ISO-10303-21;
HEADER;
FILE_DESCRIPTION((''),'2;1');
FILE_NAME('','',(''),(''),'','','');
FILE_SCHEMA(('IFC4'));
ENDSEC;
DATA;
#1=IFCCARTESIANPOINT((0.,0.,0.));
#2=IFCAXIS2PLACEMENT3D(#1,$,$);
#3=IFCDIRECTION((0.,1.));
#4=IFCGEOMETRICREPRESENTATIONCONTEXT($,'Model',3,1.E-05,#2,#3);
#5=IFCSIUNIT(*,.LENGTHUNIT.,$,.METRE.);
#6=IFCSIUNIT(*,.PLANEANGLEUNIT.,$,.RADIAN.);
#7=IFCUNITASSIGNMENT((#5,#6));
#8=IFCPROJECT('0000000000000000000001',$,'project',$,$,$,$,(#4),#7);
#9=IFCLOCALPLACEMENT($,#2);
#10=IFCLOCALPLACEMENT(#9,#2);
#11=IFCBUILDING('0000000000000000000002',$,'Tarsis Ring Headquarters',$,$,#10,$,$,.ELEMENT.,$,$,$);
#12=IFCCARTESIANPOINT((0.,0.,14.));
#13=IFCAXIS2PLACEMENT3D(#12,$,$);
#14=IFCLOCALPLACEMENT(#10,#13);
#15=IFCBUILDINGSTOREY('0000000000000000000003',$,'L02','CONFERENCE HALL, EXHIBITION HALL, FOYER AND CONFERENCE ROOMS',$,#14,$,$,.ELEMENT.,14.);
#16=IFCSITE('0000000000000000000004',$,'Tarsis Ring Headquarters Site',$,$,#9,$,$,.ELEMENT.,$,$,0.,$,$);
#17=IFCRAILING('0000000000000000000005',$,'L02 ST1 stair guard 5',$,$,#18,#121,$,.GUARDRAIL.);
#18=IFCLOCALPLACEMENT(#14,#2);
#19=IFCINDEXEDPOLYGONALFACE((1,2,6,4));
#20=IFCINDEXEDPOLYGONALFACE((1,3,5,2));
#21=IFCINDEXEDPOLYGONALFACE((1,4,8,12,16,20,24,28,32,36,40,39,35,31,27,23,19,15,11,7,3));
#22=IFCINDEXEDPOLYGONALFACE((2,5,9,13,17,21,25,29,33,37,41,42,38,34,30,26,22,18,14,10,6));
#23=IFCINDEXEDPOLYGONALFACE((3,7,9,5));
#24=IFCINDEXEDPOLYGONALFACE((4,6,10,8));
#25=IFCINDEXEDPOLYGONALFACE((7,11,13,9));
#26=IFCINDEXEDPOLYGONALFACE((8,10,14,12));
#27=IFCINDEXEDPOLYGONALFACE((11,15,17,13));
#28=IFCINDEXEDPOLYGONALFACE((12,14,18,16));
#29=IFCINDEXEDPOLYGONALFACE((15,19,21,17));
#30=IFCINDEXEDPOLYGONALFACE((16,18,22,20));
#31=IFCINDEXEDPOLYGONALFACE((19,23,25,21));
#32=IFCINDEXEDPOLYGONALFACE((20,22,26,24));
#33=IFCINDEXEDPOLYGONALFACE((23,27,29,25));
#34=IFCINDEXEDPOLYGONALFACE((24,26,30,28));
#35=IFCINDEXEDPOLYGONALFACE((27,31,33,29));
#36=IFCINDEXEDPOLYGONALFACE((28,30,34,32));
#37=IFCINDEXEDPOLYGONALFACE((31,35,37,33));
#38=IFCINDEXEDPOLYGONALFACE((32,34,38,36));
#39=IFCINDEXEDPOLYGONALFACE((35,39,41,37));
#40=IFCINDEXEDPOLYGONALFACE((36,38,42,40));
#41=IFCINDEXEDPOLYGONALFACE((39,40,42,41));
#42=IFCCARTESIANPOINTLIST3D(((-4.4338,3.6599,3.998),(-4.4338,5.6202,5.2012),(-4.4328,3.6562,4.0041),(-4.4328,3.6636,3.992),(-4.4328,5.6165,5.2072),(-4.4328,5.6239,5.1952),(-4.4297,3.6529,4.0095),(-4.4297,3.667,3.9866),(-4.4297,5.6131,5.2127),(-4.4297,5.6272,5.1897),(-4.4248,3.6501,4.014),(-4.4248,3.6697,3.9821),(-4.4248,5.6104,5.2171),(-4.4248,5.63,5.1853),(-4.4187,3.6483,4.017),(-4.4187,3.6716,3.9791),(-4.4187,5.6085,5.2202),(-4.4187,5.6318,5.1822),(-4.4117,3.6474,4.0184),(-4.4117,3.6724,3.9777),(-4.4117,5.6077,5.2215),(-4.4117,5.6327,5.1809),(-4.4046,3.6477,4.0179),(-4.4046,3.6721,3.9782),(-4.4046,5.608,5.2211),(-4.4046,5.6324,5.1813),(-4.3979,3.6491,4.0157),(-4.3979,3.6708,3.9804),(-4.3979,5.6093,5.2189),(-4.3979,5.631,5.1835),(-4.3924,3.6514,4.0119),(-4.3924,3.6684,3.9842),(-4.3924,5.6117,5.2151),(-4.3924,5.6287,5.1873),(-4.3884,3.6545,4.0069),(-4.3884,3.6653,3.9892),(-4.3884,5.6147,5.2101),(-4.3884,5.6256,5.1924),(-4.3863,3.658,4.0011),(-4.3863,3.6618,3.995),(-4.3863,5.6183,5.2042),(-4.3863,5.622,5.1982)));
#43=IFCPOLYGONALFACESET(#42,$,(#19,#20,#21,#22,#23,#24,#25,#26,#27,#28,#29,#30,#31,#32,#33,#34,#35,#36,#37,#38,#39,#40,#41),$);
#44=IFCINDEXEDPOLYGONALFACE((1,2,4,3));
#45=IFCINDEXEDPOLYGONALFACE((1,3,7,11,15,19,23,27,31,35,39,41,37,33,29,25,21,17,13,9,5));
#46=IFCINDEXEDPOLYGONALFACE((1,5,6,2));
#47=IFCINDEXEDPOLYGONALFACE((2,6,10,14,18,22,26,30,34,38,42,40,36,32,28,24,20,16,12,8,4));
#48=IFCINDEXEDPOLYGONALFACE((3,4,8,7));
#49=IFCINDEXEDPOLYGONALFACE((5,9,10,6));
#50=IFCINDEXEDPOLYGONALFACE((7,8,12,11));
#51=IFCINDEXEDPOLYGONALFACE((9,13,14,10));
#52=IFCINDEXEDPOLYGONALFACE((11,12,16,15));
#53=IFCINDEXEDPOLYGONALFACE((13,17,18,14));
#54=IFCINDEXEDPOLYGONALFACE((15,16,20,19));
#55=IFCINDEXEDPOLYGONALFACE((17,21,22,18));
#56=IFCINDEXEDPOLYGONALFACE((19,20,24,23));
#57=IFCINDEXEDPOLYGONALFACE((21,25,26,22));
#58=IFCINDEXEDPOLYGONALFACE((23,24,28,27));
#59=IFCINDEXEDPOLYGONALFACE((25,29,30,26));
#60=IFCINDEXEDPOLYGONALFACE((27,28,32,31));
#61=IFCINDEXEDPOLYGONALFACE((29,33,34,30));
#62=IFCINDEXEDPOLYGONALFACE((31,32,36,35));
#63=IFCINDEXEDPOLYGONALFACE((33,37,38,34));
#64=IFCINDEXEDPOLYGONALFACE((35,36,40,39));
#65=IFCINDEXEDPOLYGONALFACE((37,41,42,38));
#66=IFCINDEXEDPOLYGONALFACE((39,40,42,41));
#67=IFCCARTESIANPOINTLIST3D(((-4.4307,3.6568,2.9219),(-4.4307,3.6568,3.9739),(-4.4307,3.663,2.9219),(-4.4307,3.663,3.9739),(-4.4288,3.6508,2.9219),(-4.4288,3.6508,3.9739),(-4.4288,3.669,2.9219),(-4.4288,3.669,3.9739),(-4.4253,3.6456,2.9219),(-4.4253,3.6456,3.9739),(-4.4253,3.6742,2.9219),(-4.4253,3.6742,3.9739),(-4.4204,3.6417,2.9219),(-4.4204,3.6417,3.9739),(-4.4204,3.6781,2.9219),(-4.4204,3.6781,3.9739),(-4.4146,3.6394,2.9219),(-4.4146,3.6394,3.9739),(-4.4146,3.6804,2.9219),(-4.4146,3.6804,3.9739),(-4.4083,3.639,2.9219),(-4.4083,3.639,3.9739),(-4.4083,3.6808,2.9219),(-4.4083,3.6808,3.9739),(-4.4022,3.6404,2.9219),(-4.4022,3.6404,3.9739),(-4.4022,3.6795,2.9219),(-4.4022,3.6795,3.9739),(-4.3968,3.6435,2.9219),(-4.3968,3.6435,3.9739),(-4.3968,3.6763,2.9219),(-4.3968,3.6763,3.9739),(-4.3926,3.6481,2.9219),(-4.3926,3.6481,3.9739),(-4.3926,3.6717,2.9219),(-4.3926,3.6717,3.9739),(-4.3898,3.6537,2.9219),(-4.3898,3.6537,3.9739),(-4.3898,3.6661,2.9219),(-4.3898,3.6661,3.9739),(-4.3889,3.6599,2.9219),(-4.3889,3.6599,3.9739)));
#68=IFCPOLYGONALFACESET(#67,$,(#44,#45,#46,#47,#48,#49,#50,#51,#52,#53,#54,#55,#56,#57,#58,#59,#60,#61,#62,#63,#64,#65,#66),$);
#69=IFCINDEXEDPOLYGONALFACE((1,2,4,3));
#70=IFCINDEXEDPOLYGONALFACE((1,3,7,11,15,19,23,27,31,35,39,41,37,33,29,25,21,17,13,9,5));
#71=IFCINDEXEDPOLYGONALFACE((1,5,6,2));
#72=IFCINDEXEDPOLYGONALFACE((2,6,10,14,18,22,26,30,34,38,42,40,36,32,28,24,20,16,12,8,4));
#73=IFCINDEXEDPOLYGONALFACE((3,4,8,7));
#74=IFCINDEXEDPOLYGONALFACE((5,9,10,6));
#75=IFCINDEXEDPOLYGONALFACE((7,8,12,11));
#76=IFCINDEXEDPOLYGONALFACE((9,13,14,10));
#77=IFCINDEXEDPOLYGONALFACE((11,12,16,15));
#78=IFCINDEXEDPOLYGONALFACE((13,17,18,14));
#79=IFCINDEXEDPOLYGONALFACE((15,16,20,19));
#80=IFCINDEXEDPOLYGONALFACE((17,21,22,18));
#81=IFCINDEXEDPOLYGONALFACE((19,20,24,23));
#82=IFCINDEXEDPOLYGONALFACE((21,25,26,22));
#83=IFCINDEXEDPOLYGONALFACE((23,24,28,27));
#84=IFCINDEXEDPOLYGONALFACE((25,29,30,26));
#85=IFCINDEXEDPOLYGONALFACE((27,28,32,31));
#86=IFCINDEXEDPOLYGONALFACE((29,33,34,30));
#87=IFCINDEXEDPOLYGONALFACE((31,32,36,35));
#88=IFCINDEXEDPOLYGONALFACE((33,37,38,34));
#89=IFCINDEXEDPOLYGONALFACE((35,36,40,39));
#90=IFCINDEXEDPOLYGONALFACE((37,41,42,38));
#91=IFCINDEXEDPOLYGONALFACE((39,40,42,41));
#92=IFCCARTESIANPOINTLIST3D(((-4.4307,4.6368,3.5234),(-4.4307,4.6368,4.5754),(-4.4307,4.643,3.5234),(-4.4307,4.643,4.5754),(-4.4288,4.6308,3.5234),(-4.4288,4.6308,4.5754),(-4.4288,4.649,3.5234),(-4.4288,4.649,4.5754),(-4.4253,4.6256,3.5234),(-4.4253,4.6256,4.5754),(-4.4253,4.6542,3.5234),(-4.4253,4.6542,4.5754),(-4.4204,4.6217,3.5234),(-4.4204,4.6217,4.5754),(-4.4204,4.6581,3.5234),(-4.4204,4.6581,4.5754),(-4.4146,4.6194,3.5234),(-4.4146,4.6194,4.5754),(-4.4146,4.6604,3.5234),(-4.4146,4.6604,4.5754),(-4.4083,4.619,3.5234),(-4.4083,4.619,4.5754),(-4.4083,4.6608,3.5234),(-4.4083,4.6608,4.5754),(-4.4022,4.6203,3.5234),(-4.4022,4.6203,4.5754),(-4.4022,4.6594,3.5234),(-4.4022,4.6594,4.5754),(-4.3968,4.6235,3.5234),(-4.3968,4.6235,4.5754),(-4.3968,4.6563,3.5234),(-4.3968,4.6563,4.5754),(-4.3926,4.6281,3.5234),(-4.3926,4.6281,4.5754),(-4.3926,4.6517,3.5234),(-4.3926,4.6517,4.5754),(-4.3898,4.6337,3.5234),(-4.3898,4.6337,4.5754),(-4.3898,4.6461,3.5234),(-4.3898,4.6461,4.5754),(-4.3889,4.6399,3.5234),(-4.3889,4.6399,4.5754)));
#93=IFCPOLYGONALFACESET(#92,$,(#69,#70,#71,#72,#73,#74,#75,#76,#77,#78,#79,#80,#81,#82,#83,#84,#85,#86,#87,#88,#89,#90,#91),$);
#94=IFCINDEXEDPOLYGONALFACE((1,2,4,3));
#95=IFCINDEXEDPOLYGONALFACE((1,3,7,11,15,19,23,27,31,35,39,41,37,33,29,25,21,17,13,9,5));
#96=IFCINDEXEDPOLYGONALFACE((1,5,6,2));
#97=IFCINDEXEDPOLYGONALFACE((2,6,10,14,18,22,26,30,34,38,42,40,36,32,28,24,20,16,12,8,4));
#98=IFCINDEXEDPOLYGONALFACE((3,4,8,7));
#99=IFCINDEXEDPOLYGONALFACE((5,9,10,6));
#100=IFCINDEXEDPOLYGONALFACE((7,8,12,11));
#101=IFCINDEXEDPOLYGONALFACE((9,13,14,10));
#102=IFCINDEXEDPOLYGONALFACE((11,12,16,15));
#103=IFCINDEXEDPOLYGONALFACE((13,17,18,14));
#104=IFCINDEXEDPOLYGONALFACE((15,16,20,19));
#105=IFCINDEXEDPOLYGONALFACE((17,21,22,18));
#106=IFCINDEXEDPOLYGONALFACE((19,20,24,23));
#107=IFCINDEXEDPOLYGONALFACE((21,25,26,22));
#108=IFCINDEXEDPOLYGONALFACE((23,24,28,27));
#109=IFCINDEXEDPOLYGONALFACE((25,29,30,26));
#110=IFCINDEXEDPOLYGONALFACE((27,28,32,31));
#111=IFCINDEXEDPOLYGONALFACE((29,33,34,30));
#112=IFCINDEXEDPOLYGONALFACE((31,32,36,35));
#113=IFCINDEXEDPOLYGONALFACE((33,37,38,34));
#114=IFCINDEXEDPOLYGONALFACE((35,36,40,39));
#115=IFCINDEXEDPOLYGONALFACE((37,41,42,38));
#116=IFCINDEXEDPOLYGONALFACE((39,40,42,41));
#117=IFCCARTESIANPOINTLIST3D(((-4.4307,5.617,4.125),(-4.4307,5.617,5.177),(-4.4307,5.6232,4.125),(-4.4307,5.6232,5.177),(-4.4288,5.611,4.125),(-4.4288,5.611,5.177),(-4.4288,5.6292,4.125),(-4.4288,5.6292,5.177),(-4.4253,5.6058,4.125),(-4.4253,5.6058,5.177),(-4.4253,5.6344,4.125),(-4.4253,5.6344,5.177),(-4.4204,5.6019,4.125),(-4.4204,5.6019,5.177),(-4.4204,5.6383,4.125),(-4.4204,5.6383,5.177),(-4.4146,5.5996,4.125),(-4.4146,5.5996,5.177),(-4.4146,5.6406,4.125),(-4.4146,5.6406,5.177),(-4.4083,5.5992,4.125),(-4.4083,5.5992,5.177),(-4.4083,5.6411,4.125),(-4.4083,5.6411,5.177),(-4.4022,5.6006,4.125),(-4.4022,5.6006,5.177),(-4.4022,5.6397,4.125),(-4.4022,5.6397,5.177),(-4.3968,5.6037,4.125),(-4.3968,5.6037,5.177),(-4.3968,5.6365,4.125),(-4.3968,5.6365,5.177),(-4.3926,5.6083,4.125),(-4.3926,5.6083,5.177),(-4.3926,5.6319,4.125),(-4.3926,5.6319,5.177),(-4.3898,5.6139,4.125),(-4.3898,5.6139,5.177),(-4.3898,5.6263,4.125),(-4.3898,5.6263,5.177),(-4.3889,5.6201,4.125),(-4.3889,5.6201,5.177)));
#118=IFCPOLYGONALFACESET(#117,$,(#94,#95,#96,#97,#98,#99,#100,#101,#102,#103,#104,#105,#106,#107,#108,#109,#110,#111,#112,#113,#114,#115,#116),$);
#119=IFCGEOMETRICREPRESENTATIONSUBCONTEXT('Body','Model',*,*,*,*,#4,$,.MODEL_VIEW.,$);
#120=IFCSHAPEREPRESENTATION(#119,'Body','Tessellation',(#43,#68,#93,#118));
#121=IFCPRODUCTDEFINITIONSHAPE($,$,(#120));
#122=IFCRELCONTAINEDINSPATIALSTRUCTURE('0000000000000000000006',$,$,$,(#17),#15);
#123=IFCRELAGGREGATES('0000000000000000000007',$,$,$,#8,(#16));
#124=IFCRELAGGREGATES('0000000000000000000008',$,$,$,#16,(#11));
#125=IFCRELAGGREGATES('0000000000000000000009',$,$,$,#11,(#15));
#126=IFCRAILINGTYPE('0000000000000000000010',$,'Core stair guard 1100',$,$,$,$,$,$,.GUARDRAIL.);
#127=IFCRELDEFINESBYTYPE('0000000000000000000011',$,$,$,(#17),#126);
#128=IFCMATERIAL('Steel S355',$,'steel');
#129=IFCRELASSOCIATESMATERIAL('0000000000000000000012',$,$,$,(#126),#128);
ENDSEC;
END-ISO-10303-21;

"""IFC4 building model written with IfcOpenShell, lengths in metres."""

from ifc_helpers import new_model, si_unit, direction, frame, origin, origin_2d, place, context, subcontext, project, spatial, circle, extrude, material, type_object, element, save


model = new_model("IFC4")

# Units and contexts
model_context = context("Model", 3, precision=1e-05, world=origin(), true_north=direction((0.0, 1.0)))
body_context = subcontext(model_context, "Body", "Model", "MODEL_VIEW")
ifc_project = project(units=[si_unit("LENGTHUNIT", "METRE"), si_unit("PLANEANGLEUNIT", "RADIAN")], contexts=[model_context])

# Site, building, storey
site_placement = place(None, origin())
site = spatial("IfcSite", under=ifc_project, at=site_placement, Name="Tarsis Ring Headquarters Site", CompositionType="ELEMENT", RefElevation=0.0)
building_placement = place(site_placement, origin())
building = spatial("IfcBuilding", under=site, at=building_placement, Name="Tarsis Ring Headquarters", CompositionType="ELEMENT")
storey_placement = place(building_placement, frame((0.0, 0.0, 14.0)))
storey = spatial("IfcBuildingStorey", under=building, at=storey_placement, Name="L02", Description="CONFERENCE HALL, EXHIBITION HALL, FOYER AND CONFERENCE ROOMS", CompositionType="ELEMENT", Elevation=14.0)

# Shared definitions
ifc_material_1 = material(Name="Steel S355", Category="steel")

# Railing
railing_type_1 = type_object("IfcRailingType", Name="Core stair guard 1100", PredefinedType="GUARDRAIL", material=ifc_material_1)
railing_1_placement = place(storey_placement, frame((-4.4099, 3.6599, 2.9219)))
element("IfcRailing", 1, at=railing_1_placement, inside=storey, type_object=railing_type_1, Name="L02 ST1 stair guard 5", PredefinedType="GUARDRAIL", context=body_context, shape_type="SweptSolid", body=[
    extrude(circle(Radius=0.0239, at=origin_2d()), frame((0.0, 0.0, 1.0762), z_axis=(0.0, 0.85227, 0.523102), x_axis=(-1.0, 0.0, 0.0)), (0.0, 0.0, 1.0), 2.3),
    extrude(circle(Radius=0.021, at=origin_2d()), origin(), (0.0, 0.0, 1.0), 1.052),
    extrude(circle(Radius=0.021, at=origin_2d()), frame((0.0, 0.98, 0.6016)), (0.0, 0.0, 1.0), 1.052),
    extrude(circle(Radius=0.021, at=origin_2d()), frame((0.0, 1.9602, 1.2031)), (0.0, 0.0, 1.0), 1.052),
])

save(model, "model.ifc")
